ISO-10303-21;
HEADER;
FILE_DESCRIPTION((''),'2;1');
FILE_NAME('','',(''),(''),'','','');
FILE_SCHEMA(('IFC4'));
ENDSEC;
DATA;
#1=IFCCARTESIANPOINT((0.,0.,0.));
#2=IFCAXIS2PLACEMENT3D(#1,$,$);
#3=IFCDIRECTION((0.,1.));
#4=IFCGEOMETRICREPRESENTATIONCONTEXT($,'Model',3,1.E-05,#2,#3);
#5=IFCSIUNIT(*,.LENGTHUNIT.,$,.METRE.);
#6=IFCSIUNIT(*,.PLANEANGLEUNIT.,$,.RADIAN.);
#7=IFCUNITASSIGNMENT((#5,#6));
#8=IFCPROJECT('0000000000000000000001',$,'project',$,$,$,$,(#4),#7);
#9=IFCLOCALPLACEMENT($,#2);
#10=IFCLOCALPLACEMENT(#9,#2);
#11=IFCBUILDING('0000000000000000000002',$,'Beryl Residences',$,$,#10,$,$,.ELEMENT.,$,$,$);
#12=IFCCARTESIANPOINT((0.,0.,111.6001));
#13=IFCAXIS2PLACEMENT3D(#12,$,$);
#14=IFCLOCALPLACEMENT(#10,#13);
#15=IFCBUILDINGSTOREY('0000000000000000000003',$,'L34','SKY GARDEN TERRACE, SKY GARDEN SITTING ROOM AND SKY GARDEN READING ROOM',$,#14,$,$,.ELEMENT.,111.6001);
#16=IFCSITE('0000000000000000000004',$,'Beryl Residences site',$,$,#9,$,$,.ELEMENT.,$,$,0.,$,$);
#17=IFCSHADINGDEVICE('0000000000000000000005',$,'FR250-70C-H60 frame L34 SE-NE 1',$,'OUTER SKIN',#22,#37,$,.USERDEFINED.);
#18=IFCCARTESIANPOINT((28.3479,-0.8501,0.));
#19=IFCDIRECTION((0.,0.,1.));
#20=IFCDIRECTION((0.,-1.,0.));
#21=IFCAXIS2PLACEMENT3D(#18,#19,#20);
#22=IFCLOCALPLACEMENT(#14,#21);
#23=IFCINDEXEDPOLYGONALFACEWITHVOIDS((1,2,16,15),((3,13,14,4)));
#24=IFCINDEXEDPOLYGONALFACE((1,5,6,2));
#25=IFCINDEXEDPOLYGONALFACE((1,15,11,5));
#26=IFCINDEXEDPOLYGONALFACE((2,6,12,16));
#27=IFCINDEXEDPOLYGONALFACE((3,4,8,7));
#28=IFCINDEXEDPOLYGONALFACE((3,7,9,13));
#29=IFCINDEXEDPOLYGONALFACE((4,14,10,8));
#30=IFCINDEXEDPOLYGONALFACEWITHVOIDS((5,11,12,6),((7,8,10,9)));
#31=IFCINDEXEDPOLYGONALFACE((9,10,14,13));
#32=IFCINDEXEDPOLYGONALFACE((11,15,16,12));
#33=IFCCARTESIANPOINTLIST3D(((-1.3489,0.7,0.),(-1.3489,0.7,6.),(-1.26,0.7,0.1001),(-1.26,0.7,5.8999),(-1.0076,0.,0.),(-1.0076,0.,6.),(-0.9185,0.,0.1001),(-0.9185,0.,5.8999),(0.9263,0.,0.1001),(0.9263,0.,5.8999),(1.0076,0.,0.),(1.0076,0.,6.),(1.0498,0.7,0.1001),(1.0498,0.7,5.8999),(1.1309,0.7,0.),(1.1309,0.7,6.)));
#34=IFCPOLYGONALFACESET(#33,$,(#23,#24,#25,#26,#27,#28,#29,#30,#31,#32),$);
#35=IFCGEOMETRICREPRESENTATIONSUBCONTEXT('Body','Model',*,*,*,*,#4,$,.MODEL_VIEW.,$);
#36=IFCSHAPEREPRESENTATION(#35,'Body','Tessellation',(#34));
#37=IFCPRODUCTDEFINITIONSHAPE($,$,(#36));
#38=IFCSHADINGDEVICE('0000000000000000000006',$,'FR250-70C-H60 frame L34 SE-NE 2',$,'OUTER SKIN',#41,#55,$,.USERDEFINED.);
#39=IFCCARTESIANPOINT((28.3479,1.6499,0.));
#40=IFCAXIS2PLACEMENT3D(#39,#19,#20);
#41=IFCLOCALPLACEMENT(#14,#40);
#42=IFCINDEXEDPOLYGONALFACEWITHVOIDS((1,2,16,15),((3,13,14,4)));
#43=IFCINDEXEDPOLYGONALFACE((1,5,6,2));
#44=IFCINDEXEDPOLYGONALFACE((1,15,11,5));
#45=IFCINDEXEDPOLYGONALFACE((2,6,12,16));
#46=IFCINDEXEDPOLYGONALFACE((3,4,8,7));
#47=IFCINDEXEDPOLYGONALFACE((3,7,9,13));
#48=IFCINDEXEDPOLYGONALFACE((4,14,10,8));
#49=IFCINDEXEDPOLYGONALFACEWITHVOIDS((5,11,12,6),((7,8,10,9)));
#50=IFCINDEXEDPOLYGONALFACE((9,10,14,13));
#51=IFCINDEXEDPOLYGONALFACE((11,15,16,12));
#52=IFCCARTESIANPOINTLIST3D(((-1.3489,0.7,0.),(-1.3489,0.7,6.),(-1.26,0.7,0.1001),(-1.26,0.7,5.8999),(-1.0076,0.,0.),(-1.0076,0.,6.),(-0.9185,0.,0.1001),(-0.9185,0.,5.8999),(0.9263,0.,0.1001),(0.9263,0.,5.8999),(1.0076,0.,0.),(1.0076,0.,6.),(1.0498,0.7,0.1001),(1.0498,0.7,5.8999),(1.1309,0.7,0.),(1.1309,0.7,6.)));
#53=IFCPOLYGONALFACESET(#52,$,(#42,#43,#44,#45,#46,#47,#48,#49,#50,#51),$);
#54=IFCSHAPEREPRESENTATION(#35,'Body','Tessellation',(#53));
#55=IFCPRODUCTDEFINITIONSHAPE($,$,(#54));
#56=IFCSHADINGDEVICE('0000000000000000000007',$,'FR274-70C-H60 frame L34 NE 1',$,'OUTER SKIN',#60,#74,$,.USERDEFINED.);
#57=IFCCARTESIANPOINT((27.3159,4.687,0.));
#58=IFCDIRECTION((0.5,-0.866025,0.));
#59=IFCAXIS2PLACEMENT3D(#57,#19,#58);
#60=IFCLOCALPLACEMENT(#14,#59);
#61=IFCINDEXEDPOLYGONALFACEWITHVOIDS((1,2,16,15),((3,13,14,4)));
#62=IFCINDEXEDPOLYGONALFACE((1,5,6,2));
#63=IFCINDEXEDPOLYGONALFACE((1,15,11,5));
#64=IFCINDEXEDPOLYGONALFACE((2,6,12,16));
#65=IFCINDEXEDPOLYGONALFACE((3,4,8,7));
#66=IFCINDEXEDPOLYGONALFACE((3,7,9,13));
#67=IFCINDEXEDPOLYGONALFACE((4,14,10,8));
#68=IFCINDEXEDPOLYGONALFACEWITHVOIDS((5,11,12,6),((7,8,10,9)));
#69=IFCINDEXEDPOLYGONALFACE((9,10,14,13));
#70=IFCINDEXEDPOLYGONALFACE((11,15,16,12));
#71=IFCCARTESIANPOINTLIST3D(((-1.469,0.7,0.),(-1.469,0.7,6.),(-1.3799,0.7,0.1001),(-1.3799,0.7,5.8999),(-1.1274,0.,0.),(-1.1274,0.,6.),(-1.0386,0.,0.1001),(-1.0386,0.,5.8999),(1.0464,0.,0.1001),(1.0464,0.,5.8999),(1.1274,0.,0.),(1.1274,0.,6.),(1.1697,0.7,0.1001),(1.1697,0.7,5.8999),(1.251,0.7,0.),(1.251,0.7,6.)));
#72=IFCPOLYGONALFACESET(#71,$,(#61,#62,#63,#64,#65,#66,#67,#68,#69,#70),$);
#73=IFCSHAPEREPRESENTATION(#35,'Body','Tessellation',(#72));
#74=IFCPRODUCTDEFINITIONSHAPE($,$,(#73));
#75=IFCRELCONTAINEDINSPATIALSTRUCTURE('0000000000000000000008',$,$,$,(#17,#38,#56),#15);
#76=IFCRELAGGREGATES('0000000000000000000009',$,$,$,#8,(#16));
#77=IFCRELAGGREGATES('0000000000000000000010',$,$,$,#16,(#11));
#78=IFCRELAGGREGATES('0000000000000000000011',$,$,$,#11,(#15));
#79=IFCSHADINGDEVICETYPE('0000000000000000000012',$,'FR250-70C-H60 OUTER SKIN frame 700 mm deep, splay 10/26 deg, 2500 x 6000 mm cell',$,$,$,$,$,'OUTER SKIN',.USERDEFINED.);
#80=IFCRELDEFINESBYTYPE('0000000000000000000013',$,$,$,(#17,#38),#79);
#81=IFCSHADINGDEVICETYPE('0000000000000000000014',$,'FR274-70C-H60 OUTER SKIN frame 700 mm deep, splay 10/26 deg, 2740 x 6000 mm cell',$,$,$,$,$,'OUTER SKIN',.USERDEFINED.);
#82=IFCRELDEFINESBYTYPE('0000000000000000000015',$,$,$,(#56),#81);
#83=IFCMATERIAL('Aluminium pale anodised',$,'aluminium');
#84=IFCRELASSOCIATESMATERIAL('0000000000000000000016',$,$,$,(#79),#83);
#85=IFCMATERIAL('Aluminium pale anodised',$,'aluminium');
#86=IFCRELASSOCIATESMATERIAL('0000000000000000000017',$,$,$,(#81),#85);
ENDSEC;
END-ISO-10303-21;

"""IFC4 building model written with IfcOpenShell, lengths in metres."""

from ifc_helpers import new_model, entity, si_unit, direction, frame, origin, place, context, subcontext, project, spatial, source, transform, mapped, material, type_object, type_shapes, element, save


model = new_model("IFC4")

# Units and contexts
model_context = context("Model", 3, precision=1e-05, world=origin(), true_north=direction((0.0, 1.0)))
body_context = subcontext(model_context, "Body", "Model", "MODEL_VIEW")
ifc_project = project(units=[si_unit("LENGTHUNIT", "METRE"), si_unit("PLANEANGLEUNIT", "RADIAN")], contexts=[model_context])

# Site, building, storey
site_placement = place(None, origin())
site = spatial("IfcSite", under=ifc_project, at=site_placement, Name="Beryl Residences site", CompositionType="ELEMENT", RefElevation=0.0)
building_placement = place(site_placement, origin())
building = spatial("IfcBuilding", under=site, at=building_placement, Name="Beryl Residences", CompositionType="ELEMENT")
storey_placement = place(building_placement, frame((0.0, 0.0, 111.6001)))
storey = spatial("IfcBuildingStorey", under=building, at=storey_placement, Name="L34", Description="SKY GARDEN TERRACE, SKY GARDEN SITTING ROOM AND SKY GARDEN READING ROOM", CompositionType="ELEMENT", Elevation=111.6001)

# Shading devices
ifc_material_1 = material(Name="Aluminium pale anodised", Category="aluminium")
shading_device_type_1 = type_object("IfcShadingDeviceType", Name="FR250-70C-H60 OUTER SKIN frame 700 mm deep, splay 10/26 deg, 2500 x 6000 mm cell", ElementType="OUTER SKIN", PredefinedType="USERDEFINED", material=ifc_material_1)
cartesian_point_1 = entity("IfcCartesianPoint", [-1.0076, 0.0])
cartesian_point_2 = entity("IfcCartesianPoint", [-0.9263, 0.1001])
cartesian_point_3 = entity("IfcCartesianPoint", [-1.1309, 0.0])
cartesian_point_4 = entity("IfcCartesianPoint", [-1.0498, 0.1001])
shared_shape_1 = source(origin(), body_context, "Body", "SweptSolid", [
    entity("IfcExtrudedAreaSolidTapered", entity("IfcArbitraryProfileDefWithVoids", "AREA", None, entity("IfcPolyline", [cartesian_point_1, entity("IfcCartesianPoint", [1.0076, 0.0]), entity("IfcCartesianPoint", [1.0076, 6.0]), entity("IfcCartesianPoint", [-1.0076, 6.0]), cartesian_point_1]), [entity("IfcPolyline", [cartesian_point_2, entity("IfcCartesianPoint", [0.9185, 0.1001]), entity("IfcCartesianPoint", [0.9185, 5.8999]), entity("IfcCartesianPoint", [-0.9263, 5.8999]), cartesian_point_2])]), entity("IfcAxis2Placement3D", entity("IfcCartesianPoint", [0.0, 0.0, 0.0]), entity("IfcDirection", [0.0, 1.0, 0.0]), entity("IfcDirection", [-1.0, 0.0, 0.0])), entity("IfcDirection", [0.0, 0.0, 1.0]), 0.7, entity("IfcArbitraryProfileDefWithVoids", "AREA", None, entity("IfcPolyline", [cartesian_point_3, entity("IfcCartesianPoint", [1.3489, 0.0]), entity("IfcCartesianPoint", [1.3489, 6.0]), entity("IfcCartesianPoint", [-1.1309, 6.0]), cartesian_point_3]), [entity("IfcPolyline", [cartesian_point_4, entity("IfcCartesianPoint", [1.26, 0.1001]), entity("IfcCartesianPoint", [1.26, 5.8999]), entity("IfcCartesianPoint", [-1.0498, 5.8999]), cartesian_point_4])])),
])
type_shapes(shading_device_type_1, [shared_shape_1])
for number, where, z_axis, x_axis, name in (
    (1, (28.3479, -0.8501, 0.0), (0.0, 0.0, 1.0), (0.0, -1.0, 0.0), "FR250-70C-H60 frame L34 SE-NE 1"),
    (2, (28.3479, 1.6499, 0.0), (0.0, 0.0, 1.0), (0.0, -1.0, 0.0), "FR250-70C-H60 frame L34 SE-NE 2"),
):
    element("IfcShadingDevice", number, at=place(storey_placement, frame(where, z_axis=z_axis, x_axis=x_axis)), inside=storey, type_object=shading_device_type_1, Name=name, ObjectType="OUTER SKIN", PredefinedType="USERDEFINED", context=body_context, shape_type="MappedRepresentation", body=[
        mapped(shared_shape_1, transform((0.0, 0.0, 0.0))),
    ])
ifc_material_2 = material(Name="Aluminium pale anodised", Category="aluminium")
shading_device_type_2 = type_object("IfcShadingDeviceType", Name="FR274-70C-H60 OUTER SKIN frame 700 mm deep, splay 10/26 deg, 2740 x 6000 mm cell", ElementType="OUTER SKIN", PredefinedType="USERDEFINED", material=ifc_material_2)
cartesian_point_5 = entity("IfcCartesianPoint", [-1.1274, 0.0])
cartesian_point_6 = entity("IfcCartesianPoint", [-1.0464, 0.1001])
cartesian_point_7 = entity("IfcCartesianPoint", [-1.251, 0.0])
cartesian_point_8 = entity("IfcCartesianPoint", [-1.1697, 0.1001])
shared_shape_2 = source(origin(), body_context, "Body", "SweptSolid", [
    entity("IfcExtrudedAreaSolidTapered", entity("IfcArbitraryProfileDefWithVoids", "AREA", None, entity("IfcPolyline", [cartesian_point_5, entity("IfcCartesianPoint", [1.1274, 0.0]), entity("IfcCartesianPoint", [1.1274, 6.0]), entity("IfcCartesianPoint", [-1.1274, 6.0]), cartesian_point_5]), [entity("IfcPolyline", [cartesian_point_6, entity("IfcCartesianPoint", [1.0386, 0.1001]), entity("IfcCartesianPoint", [1.0386, 5.8999]), entity("IfcCartesianPoint", [-1.0464, 5.8999]), cartesian_point_6])]), entity("IfcAxis2Placement3D", entity("IfcCartesianPoint", [0.0, 0.0, 0.0]), entity("IfcDirection", [0.0, 1.0, 0.0]), entity("IfcDirection", [-1.0, 0.0, 0.0])), entity("IfcDirection", [0.0, 0.0, 1.0]), 0.7, entity("IfcArbitraryProfileDefWithVoids", "AREA", None, entity("IfcPolyline", [cartesian_point_7, entity("IfcCartesianPoint", [1.469, 0.0]), entity("IfcCartesianPoint", [1.469, 6.0]), entity("IfcCartesianPoint", [-1.251, 6.0]), cartesian_point_7]), [entity("IfcPolyline", [cartesian_point_8, entity("IfcCartesianPoint", [1.3799, 0.1001]), entity("IfcCartesianPoint", [1.3799, 5.8999]), entity("IfcCartesianPoint", [-1.1697, 5.8999]), cartesian_point_8])])),
])
type_shapes(shading_device_type_2, [shared_shape_2])
shading_device_placement = place(storey_placement, frame((27.3159, 4.687, 0.0), z_axis=(0.0, 0.0, 1.0), x_axis=(0.5, -0.866025, 0.0)))
element("IfcShadingDevice", 3, at=shading_device_placement, inside=storey, type_object=shading_device_type_2, Name="FR274-70C-H60 frame L34 NE 1", ObjectType="OUTER SKIN", PredefinedType="USERDEFINED", context=body_context, shape_type="MappedRepresentation", body=[
    mapped(shared_shape_2, transform((0.0, 0.0, 0.0))),
])

save(model, "model.ifc")
